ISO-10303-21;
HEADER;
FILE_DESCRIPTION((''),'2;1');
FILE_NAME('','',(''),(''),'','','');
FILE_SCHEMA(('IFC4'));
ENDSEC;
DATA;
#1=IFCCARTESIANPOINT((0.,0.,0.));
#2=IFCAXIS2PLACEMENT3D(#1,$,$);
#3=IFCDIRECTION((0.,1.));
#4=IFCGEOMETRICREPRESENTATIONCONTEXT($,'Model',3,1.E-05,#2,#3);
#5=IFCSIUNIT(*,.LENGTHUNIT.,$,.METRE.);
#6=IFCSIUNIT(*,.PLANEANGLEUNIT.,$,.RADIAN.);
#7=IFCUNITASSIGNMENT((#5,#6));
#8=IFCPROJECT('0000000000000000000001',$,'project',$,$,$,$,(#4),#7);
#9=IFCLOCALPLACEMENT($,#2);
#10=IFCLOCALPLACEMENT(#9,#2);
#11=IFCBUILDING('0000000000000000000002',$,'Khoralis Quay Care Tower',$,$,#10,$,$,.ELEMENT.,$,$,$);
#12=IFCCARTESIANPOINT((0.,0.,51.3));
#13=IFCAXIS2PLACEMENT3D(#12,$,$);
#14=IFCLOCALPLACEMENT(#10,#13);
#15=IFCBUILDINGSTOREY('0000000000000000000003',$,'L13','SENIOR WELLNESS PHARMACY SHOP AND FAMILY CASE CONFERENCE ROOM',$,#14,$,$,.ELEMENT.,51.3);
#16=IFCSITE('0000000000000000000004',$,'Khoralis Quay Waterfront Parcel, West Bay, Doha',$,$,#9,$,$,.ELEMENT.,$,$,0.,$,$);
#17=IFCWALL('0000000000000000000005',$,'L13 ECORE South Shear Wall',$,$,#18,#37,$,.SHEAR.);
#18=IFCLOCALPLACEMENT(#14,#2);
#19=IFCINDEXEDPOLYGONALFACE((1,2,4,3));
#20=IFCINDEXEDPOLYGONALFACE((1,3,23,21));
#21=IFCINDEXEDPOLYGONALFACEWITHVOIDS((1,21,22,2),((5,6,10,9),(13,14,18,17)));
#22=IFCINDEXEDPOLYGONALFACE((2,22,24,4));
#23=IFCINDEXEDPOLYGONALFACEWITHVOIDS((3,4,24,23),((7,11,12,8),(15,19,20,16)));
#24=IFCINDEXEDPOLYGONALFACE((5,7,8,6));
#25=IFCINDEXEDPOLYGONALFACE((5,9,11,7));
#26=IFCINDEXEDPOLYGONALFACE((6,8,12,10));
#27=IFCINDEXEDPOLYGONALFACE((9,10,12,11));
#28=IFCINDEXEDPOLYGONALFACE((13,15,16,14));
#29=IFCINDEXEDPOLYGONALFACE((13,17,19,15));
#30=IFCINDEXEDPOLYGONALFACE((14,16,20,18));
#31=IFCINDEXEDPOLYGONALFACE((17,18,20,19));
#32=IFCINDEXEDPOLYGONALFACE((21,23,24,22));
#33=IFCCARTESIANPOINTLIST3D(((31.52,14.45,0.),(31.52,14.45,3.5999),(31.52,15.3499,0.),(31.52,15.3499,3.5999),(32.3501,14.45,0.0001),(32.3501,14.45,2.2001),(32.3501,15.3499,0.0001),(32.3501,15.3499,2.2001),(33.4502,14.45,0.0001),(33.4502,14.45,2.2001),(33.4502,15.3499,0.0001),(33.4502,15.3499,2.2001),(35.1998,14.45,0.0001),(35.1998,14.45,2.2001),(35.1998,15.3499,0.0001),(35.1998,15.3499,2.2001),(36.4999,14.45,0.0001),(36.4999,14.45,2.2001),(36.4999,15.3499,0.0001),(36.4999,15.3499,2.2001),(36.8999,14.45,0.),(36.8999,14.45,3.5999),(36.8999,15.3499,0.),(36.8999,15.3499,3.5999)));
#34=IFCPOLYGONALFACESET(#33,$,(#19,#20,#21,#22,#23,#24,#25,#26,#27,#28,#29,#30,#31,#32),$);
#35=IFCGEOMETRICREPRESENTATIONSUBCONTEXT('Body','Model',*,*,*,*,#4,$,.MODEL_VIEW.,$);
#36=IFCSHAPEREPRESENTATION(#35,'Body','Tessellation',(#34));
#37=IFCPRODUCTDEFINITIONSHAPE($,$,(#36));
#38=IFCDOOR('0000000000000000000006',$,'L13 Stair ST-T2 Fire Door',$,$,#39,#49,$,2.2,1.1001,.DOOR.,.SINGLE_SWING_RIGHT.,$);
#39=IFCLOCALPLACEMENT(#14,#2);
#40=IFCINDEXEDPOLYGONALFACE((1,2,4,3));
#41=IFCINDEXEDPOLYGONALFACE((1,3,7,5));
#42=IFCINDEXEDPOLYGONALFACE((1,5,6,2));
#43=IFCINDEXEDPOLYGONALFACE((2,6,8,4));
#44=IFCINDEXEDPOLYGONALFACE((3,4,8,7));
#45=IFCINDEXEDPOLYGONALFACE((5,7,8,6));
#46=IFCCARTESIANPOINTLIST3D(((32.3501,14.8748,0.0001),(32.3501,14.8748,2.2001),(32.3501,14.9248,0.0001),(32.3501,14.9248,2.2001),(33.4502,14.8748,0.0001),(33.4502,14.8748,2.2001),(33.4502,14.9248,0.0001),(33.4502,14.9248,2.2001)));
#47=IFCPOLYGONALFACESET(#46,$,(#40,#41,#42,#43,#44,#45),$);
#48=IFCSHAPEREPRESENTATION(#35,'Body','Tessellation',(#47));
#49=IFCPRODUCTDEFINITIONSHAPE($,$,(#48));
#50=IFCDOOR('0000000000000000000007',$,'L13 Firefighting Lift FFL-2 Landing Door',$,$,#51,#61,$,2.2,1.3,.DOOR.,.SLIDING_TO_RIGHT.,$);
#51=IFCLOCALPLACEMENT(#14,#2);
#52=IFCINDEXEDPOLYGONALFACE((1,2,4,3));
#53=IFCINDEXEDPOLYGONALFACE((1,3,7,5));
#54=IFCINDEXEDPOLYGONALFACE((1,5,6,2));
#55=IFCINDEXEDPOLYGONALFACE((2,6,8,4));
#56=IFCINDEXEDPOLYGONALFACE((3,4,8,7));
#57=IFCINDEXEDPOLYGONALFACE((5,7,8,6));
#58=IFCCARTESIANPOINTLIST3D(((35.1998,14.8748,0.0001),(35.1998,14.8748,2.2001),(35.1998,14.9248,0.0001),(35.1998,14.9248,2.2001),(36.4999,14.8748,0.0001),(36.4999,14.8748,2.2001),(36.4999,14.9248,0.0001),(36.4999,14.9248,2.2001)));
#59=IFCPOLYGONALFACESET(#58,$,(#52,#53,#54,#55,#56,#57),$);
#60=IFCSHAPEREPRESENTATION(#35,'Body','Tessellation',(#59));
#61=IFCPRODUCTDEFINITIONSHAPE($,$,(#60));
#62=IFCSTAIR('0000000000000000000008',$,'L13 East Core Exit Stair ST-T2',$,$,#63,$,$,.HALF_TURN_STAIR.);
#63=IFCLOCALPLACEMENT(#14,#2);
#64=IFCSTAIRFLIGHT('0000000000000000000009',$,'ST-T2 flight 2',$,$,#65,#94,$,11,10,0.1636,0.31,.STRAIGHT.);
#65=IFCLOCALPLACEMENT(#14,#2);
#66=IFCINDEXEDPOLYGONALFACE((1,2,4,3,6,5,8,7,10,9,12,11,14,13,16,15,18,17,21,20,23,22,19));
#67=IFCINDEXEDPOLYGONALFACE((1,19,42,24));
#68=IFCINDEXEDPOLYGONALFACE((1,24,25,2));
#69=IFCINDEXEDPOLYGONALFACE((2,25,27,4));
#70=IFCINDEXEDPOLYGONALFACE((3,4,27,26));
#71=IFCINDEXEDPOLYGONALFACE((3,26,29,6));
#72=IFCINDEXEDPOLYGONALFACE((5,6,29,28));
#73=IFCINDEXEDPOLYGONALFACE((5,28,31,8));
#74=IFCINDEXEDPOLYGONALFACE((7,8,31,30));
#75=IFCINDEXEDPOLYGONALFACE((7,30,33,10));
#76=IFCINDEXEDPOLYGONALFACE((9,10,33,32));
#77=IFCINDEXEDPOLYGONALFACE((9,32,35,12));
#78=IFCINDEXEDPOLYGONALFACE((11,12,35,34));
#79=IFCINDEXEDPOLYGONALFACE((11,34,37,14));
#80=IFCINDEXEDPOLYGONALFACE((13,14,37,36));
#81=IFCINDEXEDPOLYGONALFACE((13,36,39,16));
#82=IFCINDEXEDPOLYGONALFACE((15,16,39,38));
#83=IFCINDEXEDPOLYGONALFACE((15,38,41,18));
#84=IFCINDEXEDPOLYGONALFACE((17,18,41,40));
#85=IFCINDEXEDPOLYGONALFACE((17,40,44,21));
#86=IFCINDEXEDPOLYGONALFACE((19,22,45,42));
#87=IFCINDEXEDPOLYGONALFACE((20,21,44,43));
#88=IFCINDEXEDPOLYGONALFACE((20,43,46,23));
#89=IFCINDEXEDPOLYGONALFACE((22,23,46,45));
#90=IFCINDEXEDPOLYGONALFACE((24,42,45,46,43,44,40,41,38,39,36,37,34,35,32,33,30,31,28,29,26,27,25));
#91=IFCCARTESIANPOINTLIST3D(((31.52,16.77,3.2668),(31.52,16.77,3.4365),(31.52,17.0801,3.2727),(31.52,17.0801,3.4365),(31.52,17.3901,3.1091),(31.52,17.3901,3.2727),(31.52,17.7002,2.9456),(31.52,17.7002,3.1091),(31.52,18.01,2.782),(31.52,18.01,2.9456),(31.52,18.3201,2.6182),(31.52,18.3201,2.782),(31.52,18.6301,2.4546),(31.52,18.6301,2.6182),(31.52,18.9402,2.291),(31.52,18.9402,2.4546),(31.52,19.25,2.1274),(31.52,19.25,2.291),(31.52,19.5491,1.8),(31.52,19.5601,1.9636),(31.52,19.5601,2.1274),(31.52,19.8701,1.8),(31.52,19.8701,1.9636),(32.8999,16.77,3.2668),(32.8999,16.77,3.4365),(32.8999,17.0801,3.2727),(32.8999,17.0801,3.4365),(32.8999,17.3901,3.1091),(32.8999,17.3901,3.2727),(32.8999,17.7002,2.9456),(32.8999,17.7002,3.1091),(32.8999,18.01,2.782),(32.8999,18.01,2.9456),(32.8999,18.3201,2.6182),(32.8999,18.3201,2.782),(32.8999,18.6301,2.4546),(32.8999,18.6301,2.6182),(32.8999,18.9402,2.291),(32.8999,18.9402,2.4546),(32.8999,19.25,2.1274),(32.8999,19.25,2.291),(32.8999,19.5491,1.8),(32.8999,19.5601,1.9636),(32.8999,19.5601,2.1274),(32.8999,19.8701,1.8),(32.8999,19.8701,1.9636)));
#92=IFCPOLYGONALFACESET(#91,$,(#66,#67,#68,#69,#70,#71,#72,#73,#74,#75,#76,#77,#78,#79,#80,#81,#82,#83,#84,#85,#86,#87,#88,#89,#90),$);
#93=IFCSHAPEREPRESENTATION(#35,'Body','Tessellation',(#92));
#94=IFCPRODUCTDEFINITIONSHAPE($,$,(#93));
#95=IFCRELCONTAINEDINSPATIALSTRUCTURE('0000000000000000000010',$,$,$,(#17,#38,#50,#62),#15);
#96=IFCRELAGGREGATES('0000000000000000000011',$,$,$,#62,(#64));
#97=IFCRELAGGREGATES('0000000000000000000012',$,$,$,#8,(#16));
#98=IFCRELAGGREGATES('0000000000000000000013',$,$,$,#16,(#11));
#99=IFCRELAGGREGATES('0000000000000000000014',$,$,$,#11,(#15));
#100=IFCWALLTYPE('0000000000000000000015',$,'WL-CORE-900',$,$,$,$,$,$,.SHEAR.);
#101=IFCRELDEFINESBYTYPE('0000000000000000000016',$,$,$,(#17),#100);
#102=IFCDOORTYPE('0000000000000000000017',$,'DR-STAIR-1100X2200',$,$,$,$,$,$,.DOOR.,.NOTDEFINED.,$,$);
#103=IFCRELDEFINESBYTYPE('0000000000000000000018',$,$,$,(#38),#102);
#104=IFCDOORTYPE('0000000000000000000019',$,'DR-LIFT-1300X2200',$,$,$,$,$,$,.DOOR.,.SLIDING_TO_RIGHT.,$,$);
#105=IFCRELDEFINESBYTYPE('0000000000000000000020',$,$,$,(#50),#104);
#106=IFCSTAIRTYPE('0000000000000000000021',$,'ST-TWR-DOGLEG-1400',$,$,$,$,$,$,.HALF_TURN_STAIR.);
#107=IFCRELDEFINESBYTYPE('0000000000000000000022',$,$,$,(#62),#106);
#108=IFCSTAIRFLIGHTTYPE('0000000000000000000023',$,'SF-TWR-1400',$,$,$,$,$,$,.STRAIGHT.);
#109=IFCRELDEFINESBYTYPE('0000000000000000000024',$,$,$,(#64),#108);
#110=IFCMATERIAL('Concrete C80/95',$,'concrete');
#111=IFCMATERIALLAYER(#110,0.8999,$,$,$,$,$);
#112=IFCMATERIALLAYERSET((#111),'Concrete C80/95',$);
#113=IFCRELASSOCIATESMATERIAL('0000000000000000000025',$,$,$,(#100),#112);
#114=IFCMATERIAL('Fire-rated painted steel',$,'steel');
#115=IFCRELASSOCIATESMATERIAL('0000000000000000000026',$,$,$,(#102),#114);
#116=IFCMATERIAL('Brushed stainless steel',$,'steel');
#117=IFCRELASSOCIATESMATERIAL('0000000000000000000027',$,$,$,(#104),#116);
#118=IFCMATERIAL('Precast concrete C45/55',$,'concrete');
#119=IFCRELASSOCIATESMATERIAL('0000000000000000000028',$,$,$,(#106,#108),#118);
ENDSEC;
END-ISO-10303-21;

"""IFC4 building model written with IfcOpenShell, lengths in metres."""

from ifc_helpers import new_model, si_unit, direction, frame, frame_2d, origin, place, context, subcontext, project, spatial, polyline, rectangle, outline, extrude, source, transform, mapped, material, layer, layer_set, type_object, element, fill, aggregate, save


model = new_model("IFC4")

# Units and contexts
model_context = context("Model", 3, precision=1e-05, world=origin(), true_north=direction((0.0, 1.0)))
body_context = subcontext(model_context, "Body", "Model", "MODEL_VIEW")
ifc_project = project(units=[si_unit("LENGTHUNIT", "METRE"), si_unit("PLANEANGLEUNIT", "RADIAN")], contexts=[model_context])

# Site, building, storey
site_placement = place(None, origin())
site = spatial("IfcSite", under=ifc_project, at=site_placement, Name="Khoralis Quay Waterfront Parcel, West Bay, Doha", CompositionType="ELEMENT", RefElevation=0.0)
building_placement = place(site_placement, origin())
building = spatial("IfcBuilding", under=site, at=building_placement, Name="Khoralis Quay Care Tower", CompositionType="ELEMENT")
storey_placement = place(building_placement, frame((0.0, 0.0, 51.3)))
storey = spatial("IfcBuildingStorey", under=building, at=storey_placement, Name="L13", Description="SENIOR WELLNESS PHARMACY SHOP AND FAMILY CASE CONFERENCE ROOM", CompositionType="ELEMENT", Elevation=51.3)

# Shared definitions
ifc_material_1 = material(Name="Concrete C80/95", Category="concrete")

# Shared definitions
ifc_material_2 = material(Name="Fire-rated painted steel", Category="steel")

# Shared definitions
ifc_layer_1 = layer(ifc_material_1, 0.8999)
ifc_layer_set_1 = layer_set([ifc_layer_1], Name="Concrete C80/95")
wall_type_1 = type_object("IfcWallType", Name="WL-CORE-900", PredefinedType="SHEAR", material=ifc_layer_set_1)

# Wall, openings, doors
wall_1_placement = place(storey_placement, frame((31.52, 14.8999, 0.0), z_axis=(0.0, 0.0, 1.0), x_axis=(1.0, 0.0, 0.0)))
wall_1 = element("IfcWall", 1, at=wall_1_placement, inside=storey, type_object=wall_type_1, Name="L13 ECORE South Shear Wall", PredefinedType="SHEAR", context=body_context, shape_type="SweptSolid", body=[
    extrude(rectangle(XDim=5.3799, YDim=0.8999, at=frame_2d((2.6899, 0.0))), origin(), (0.0, 0.0, 1.0), 3.5999),
])
opening_1_placement = place(wall_1_placement, frame((0.8301, 0.0, 0.0)))
opening_1 = element("IfcOpeningElement", 2, at=opening_1_placement, cuts=wall_1, PredefinedType="OPENING", context=body_context, shape_type="SweptSolid", body=[
    extrude(rectangle(XDim=1.1001, YDim=2.2, at=frame_2d((0.55, 1.1001))), frame((0.0, 0.46, 0.0), z_axis=(0.0, -1.0, 0.0), x_axis=(1.0, 0.0, 0.0)), (0.0, 0.0, 1.0), 0.9199),
])
opening_2_placement = place(wall_1_placement, frame((3.6799, 0.0, 0.0)))
opening_2 = element("IfcOpeningElement", 3, at=opening_2_placement, cuts=wall_1, PredefinedType="OPENING", context=body_context, shape_type="SweptSolid", body=[
    extrude(rectangle(XDim=1.3, YDim=2.2, at=frame_2d((0.6499, 1.1001))), frame((0.0, 0.46, 0.0), z_axis=(0.0, -1.0, 0.0), x_axis=(1.0, 0.0, 0.0)), (0.0, 0.0, 1.0), 0.9199),
])
door_type_1 = type_object("IfcDoorType", Name="DR-STAIR-1100X2200", OperationType="NOTDEFINED", PredefinedType="DOOR", material=ifc_material_2)
shared_shape_1 = source(origin(), body_context, "Body", "SweptSolid", [
    extrude(rectangle(XDim=1.1001, YDim=2.2, at=frame_2d((0.55, 1.1001))), frame((0.0, 0.0249, 0.0), z_axis=(0.0, -1.0, 0.0), x_axis=(1.0, 0.0, 0.0)), (0.0, 0.0, 1.0), 0.05),
])
door_1_placement = place(opening_1_placement, origin())
door_1 = element("IfcDoor", 4, at=door_1_placement, inside=storey, type_object=door_type_1, Name="L13 Stair ST-T2 Fire Door", OperationType="SINGLE_SWING_RIGHT", OverallHeight=2.2, OverallWidth=1.1001, PredefinedType="DOOR", context=body_context, shape_type="MappedRepresentation", body=[
    mapped(shared_shape_1, transform((0.0, 0.0, 0.0), scale=1.0)),
])
fill(opening_1, door_1)
ifc_material_3 = material(Name="Brushed stainless steel", Category="steel")
door_type_2 = type_object("IfcDoorType", Name="DR-LIFT-1300X2200", OperationType="SLIDING_TO_RIGHT", PredefinedType="DOOR", material=ifc_material_3)
shared_shape_2 = source(origin(), body_context, "Body", "SweptSolid", [
    extrude(rectangle(XDim=1.3, YDim=2.2, at=frame_2d((0.6499, 1.1001))), frame((0.0, 0.0249, 0.0), z_axis=(0.0, -1.0, 0.0), x_axis=(1.0, 0.0, 0.0)), (0.0, 0.0, 1.0), 0.05),
])
door_2_placement = place(opening_2_placement, origin())
door_2 = element("IfcDoor", 5, at=door_2_placement, inside=storey, type_object=door_type_2, Name="L13 Firefighting Lift FFL-2 Landing Door", OperationType="SLIDING_TO_RIGHT", OverallHeight=2.2, OverallWidth=1.3, PredefinedType="DOOR", context=body_context, shape_type="MappedRepresentation", body=[
    mapped(shared_shape_2, transform((0.0, 0.0, 0.0), scale=1.0)),
])
fill(opening_2, door_2)

# Stair, stair flight
ifc_material_4 = material(Name="Precast concrete C45/55", Category="concrete")
stair_type = type_object("IfcStairType", Name="ST-TWR-DOGLEG-1400", PredefinedType="HALF_TURN_STAIR", material=ifc_material_4)
stair_placement = place(storey_placement, origin())
stair = element("IfcStair", 6, at=stair_placement, inside=storey, type_object=stair_type, Name="L13 East Core Exit Stair ST-T2", PredefinedType="HALF_TURN_STAIR")
stair_flight_type = type_object("IfcStairFlightType", Name="SF-TWR-1400", PredefinedType="STRAIGHT", material=ifc_material_4)
shared_shape_3 = source(origin(), body_context, "Body", "SweptSolid", [
    extrude(outline(polyline([(0.0, 0.0), (0.0, 0.1636), (0.3101, 0.1636), (0.3101, 0.3274), (0.6201, 0.3274), (0.6201, 0.491), (0.9299, 0.491), (0.9299, 0.6545), (1.24, 0.6545), (1.24, 0.8181), (1.55, 0.8181), (1.55, 0.9819), (1.8601, 0.9819), (1.8601, 1.1455), (2.1699, 1.1455), (2.1699, 1.3091), (2.48, 1.3091), (2.48, 1.4727), (2.79, 1.4727), (2.79, 1.6365), (3.1001, 1.6365), (3.1001, 1.8), (3.1001, 1.4668), (0.321, 0.0), (0.0, 0.0)])), frame((0.0, 0.6899, 0.0), z_axis=(0.0, -1.0, 0.0), x_axis=(1.0, 0.0, 0.0)), (0.0, 0.0, 1.0), 1.3799),
])
stair_flight_placement = place(storey_placement, frame((32.21, 19.8701, 1.8), z_axis=(0.0, 0.0, 1.0), x_axis=(0.0, -1.0, 0.0)))
stair_flight = element("IfcStairFlight", 7, at=stair_flight_placement, type_object=stair_flight_type, Name="ST-T2 flight 2", NumberOfRisers=11, NumberOfTreads=10, PredefinedType="STRAIGHT", RiserHeight=0.1636, TreadLength=0.31, context=body_context, shape_type="MappedRepresentation", body=[
    mapped(shared_shape_3, transform((0.0, 0.0, 0.0), scale=1.0)),
])
aggregate(stair, [stair_flight])

save(model, "model.ifc")
